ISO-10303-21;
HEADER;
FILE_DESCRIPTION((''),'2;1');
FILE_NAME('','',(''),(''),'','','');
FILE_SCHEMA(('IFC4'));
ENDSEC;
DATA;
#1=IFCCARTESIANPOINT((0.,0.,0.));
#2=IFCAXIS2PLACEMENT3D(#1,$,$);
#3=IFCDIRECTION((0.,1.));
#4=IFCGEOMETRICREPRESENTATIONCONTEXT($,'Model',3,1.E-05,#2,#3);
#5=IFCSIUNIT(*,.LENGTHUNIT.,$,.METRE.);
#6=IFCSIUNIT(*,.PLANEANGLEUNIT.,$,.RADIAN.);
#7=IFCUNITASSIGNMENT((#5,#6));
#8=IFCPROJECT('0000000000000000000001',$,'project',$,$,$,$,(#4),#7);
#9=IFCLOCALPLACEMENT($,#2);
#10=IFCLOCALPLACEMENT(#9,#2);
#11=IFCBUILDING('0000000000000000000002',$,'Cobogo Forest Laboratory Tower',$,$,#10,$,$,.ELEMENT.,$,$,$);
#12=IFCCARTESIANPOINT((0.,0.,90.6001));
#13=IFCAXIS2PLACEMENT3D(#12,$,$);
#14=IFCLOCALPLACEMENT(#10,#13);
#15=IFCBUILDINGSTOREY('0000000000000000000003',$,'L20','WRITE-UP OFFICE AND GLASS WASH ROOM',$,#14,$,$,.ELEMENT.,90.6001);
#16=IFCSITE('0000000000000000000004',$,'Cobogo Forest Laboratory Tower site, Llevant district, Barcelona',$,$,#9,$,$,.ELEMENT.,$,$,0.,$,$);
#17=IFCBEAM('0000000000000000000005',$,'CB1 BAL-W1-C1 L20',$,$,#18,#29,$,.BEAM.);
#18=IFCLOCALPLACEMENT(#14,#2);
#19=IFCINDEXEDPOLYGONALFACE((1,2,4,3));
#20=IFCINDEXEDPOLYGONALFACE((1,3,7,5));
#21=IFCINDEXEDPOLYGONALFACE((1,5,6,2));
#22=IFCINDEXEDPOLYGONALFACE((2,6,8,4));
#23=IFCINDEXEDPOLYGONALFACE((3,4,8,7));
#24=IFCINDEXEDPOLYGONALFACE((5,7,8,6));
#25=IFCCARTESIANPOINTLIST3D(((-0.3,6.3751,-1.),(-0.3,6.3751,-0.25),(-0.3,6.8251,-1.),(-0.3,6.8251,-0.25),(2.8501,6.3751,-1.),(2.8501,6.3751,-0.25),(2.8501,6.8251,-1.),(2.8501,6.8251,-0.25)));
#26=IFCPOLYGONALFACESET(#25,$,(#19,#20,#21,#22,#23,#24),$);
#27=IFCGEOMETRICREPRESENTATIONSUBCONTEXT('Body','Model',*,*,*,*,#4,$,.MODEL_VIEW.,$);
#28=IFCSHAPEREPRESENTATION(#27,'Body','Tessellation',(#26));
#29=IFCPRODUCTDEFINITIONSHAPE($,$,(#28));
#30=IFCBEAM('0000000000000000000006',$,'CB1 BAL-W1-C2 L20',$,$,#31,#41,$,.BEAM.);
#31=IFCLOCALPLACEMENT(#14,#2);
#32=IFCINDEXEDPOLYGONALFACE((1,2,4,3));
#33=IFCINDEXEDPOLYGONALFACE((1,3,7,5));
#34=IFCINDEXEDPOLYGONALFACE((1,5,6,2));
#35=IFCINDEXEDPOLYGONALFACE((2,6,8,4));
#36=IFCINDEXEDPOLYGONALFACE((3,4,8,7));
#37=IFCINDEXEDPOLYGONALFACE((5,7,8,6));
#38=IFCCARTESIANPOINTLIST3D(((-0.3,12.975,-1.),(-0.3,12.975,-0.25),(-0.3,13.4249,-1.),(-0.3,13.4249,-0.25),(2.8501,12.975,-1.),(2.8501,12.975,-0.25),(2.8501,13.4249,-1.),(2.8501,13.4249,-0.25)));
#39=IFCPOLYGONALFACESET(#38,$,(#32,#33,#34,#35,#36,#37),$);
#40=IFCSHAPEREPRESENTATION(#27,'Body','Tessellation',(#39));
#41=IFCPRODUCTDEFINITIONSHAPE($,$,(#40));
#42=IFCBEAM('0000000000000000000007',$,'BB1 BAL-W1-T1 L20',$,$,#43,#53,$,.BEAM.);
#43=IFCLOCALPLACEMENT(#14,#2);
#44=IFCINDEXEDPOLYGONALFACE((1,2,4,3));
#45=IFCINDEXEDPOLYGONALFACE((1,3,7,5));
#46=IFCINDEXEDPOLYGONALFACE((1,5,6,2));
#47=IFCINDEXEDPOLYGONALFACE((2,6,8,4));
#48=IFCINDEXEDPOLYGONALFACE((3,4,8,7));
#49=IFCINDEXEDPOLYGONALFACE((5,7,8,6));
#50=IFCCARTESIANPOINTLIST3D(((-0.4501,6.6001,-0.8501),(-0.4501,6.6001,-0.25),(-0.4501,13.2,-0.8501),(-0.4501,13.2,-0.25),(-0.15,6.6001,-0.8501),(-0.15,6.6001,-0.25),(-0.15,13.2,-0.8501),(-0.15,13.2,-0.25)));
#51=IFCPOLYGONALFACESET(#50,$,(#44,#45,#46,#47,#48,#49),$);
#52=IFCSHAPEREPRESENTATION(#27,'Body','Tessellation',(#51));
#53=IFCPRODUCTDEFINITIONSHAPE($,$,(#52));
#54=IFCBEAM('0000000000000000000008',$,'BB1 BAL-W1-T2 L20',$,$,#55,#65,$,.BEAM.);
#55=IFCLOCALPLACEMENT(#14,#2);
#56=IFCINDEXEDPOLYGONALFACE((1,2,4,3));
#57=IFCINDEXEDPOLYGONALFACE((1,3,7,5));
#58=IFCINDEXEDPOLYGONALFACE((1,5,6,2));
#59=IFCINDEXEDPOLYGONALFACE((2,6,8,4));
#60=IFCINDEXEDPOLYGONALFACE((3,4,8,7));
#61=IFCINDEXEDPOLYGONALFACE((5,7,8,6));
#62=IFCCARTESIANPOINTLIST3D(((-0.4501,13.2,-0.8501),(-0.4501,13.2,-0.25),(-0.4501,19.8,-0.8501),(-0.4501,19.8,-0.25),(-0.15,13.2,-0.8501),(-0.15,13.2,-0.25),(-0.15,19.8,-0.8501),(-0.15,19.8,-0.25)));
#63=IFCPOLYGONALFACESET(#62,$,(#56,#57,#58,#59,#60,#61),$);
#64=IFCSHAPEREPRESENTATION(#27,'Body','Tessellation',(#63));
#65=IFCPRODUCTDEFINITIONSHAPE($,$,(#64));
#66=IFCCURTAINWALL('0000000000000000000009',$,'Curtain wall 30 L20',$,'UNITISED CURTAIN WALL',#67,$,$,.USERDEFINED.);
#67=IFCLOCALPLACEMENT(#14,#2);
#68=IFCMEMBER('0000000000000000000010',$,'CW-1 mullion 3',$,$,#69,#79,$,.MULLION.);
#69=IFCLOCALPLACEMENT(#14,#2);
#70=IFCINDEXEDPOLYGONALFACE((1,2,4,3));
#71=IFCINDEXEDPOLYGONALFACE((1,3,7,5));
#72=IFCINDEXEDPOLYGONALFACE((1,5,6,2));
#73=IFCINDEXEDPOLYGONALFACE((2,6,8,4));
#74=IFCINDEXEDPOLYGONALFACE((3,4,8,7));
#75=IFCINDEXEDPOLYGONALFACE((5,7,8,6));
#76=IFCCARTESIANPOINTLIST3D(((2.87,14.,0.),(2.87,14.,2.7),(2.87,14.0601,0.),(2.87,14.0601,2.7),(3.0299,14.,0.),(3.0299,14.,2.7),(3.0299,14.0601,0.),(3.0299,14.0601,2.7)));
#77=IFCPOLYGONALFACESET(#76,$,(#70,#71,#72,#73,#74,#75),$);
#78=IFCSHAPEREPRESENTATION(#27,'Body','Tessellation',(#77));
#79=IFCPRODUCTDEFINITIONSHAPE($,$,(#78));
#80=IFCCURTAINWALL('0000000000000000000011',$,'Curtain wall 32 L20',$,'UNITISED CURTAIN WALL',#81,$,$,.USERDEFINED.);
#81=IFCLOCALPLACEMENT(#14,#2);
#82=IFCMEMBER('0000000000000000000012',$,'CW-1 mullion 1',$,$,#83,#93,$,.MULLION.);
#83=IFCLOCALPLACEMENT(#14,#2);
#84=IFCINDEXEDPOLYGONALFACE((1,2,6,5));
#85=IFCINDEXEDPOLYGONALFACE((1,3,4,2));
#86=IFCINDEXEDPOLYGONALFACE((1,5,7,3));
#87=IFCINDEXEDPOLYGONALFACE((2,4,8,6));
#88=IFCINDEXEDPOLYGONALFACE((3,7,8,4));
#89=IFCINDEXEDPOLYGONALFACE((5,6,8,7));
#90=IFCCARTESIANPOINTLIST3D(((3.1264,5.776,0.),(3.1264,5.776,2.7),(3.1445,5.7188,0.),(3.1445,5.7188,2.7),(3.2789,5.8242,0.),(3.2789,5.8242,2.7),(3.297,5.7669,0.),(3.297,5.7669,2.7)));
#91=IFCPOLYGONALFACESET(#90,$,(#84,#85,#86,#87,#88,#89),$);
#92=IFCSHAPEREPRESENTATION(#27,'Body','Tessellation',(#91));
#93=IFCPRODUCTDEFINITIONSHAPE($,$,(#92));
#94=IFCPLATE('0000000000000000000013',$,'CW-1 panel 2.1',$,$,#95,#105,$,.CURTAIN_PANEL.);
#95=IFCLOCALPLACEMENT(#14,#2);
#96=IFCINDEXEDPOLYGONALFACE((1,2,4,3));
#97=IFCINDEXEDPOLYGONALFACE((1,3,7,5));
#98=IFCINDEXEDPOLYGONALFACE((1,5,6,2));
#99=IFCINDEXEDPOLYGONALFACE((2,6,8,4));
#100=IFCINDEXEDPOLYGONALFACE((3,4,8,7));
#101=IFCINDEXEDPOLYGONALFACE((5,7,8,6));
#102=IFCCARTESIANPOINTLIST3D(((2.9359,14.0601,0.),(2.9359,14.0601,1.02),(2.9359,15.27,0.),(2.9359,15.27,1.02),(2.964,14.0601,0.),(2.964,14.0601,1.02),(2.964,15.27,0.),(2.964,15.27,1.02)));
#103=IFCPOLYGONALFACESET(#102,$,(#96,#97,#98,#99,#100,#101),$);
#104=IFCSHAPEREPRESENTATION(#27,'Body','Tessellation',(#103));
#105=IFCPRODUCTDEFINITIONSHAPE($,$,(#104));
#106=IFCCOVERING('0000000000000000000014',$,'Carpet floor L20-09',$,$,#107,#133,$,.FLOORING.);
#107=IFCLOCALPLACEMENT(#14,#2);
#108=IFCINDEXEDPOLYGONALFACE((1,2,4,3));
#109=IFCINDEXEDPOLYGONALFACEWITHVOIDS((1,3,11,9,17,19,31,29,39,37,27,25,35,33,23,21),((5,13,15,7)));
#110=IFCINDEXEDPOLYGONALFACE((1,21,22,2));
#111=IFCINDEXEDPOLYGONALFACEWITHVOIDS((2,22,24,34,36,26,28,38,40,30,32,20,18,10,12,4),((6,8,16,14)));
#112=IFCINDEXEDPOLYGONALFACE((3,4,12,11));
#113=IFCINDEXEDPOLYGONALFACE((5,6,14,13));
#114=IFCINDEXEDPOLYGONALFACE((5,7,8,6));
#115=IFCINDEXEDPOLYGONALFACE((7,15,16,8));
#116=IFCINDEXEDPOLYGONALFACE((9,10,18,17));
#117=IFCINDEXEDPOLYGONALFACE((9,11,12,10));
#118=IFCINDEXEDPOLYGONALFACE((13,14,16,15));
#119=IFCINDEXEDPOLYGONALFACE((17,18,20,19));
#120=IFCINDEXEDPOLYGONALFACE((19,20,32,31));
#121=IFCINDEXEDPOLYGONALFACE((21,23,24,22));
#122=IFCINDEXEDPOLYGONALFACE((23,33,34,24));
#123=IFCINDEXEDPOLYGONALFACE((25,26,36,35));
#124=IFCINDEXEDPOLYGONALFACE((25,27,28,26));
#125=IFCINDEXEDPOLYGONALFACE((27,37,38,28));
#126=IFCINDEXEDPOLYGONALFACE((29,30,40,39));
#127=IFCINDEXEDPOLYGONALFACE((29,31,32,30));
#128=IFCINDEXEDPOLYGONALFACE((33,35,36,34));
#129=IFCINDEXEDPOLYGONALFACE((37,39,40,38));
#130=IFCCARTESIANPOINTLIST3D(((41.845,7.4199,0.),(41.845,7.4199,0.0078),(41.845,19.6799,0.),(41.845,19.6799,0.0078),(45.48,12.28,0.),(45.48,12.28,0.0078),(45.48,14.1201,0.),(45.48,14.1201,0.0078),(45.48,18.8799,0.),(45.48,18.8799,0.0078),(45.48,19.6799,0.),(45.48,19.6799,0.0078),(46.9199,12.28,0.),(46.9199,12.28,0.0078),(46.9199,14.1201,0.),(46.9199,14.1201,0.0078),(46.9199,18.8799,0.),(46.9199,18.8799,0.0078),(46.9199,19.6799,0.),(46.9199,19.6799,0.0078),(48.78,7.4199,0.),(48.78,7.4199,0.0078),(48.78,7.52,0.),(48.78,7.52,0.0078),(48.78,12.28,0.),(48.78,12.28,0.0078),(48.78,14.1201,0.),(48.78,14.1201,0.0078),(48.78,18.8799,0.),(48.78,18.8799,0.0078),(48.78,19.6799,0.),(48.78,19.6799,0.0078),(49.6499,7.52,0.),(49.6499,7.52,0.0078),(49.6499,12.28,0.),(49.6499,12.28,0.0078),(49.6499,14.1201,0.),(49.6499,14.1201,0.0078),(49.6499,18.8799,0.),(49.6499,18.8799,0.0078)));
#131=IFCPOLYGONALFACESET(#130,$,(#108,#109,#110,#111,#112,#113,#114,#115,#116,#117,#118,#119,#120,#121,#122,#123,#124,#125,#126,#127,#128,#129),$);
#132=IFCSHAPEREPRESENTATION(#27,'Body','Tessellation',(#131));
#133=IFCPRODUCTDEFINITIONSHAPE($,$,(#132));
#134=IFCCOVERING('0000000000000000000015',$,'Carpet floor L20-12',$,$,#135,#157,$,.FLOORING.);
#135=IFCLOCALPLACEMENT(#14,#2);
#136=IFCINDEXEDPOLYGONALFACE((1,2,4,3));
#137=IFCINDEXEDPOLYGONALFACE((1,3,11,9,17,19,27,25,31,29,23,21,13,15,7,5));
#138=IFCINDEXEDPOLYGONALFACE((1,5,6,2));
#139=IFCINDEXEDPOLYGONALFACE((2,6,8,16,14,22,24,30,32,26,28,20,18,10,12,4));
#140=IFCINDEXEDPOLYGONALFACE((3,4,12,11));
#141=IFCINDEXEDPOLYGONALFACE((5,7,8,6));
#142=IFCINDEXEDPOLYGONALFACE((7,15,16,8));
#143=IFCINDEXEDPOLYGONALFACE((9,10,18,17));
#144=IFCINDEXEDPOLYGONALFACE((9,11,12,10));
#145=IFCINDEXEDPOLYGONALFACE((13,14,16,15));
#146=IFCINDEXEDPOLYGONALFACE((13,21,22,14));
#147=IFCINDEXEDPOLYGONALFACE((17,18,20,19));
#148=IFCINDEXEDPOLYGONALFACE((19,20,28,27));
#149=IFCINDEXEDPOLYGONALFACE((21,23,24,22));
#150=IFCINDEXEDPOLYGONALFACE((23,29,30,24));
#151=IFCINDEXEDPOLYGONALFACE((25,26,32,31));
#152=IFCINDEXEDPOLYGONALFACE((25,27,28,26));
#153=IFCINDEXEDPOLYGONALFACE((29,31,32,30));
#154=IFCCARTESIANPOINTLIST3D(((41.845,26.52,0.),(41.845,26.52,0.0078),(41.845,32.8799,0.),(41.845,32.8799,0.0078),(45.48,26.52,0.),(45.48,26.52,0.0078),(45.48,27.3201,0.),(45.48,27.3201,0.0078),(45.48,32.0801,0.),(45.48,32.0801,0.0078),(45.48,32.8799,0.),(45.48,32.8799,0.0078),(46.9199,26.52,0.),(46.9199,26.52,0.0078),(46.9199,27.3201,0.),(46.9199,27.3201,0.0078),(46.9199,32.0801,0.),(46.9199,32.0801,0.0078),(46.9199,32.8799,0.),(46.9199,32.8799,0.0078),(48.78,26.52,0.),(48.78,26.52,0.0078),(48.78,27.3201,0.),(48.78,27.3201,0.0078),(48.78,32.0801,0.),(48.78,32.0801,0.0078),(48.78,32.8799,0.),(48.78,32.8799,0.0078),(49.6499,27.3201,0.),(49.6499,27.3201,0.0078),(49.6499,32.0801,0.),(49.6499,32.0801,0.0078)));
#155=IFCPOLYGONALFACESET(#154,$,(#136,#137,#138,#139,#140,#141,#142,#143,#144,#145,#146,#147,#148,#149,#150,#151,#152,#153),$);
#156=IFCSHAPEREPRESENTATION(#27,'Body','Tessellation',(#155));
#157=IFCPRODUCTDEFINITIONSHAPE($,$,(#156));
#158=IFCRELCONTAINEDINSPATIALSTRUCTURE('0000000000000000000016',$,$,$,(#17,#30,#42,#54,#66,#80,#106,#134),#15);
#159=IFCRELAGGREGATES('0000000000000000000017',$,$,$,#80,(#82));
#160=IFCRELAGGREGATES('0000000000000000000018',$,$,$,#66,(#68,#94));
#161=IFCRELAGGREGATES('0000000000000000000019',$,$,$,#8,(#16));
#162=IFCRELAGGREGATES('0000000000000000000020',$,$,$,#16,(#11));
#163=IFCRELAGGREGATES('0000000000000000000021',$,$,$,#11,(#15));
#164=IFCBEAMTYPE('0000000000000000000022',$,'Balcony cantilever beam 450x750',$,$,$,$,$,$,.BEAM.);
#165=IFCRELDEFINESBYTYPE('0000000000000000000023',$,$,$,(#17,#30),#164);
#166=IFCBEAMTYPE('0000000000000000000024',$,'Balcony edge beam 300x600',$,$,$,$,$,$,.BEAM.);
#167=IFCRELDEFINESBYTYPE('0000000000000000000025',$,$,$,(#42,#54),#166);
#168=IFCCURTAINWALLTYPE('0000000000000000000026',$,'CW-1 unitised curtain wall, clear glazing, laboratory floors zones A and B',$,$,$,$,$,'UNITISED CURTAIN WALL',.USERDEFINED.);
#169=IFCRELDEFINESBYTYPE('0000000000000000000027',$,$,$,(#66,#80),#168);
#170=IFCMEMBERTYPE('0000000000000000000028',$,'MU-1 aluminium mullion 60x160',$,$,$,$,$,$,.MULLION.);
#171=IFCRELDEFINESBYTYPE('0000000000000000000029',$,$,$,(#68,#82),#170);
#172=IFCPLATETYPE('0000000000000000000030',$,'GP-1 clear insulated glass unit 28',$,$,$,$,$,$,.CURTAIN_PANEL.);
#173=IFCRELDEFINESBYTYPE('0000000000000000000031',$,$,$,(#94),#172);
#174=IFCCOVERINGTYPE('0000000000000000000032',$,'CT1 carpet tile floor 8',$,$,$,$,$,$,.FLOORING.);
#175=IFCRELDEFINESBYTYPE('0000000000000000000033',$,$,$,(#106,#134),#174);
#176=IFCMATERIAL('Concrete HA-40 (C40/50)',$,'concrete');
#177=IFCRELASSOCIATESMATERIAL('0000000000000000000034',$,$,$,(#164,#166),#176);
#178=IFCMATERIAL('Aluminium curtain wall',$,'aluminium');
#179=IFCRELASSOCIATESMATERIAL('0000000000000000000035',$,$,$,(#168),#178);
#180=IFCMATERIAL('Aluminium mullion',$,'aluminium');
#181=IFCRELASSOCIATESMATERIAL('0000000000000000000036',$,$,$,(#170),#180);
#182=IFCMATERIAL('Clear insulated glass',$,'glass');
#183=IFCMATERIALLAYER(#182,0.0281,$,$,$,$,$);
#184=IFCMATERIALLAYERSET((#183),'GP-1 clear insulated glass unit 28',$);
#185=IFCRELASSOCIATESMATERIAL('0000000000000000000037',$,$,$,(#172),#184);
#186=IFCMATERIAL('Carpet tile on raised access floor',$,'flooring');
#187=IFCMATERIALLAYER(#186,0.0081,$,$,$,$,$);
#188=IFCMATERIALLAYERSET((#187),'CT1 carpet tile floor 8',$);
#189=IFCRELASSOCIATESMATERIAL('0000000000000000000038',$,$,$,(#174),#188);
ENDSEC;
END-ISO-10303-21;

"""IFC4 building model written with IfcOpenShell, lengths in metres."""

from ifc_helpers import new_model, si_unit, direction, frame, origin, origin_2d, place, context, subcontext, project, spatial, polyline, rectangle, outline, extrude, material, layer, layer_set, material_profile, profile_set, type_object, element, aggregate, save


model = new_model("IFC4")

# Units and contexts
model_context = context("Model", 3, precision=1e-05, world=origin(), true_north=direction((0.0, 1.0)))
body_context = subcontext(model_context, "Body", "Model", "MODEL_VIEW")
ifc_project = project(units=[si_unit("LENGTHUNIT", "METRE"), si_unit("PLANEANGLEUNIT", "RADIAN")], contexts=[model_context])

# Site, building, storey
site_placement = place(None, origin())
site = spatial("IfcSite", under=ifc_project, at=site_placement, Name="Cobogo Forest Laboratory Tower site, Llevant district, Barcelona", CompositionType="ELEMENT", RefElevation=0.0)
building_placement = place(site_placement, origin())
building = spatial("IfcBuilding", under=site, at=building_placement, Name="Cobogo Forest Laboratory Tower", CompositionType="ELEMENT")
storey_placement = place(building_placement, frame((0.0, 0.0, 90.6001)))
storey = spatial("IfcBuildingStorey", under=building, at=storey_placement, Name="L20", Description="WRITE-UP OFFICE AND GLASS WASH ROOM", CompositionType="ELEMENT", Elevation=90.6001)

# Beams
ifc_material_1 = material(Name="Concrete HA-40 (C40/50)", Category="concrete")
ifc_material_profile_1 = material_profile(ifc_material_1, rectangle(XDim=0.45, YDim=0.75, at=origin_2d()), Name="RC 450x750")
ifc_profile_set_1 = profile_set([ifc_material_profile_1], Name="Concrete HA-40 (C40/50)")
beam_type_1 = type_object("IfcBeamType", Name="Balcony cantilever beam 450x750", PredefinedType="BEAM", material=ifc_profile_set_1)
for number, where, z_axis, x_axis, name in (
    (1, (2.8501, 6.6001, -0.625), (-1.0, 0.0, 0.0), (0.0, -1.0, 0.0), "CB1 BAL-W1-C1 L20"),
    (2, (2.8501, 13.2, -0.625), (-1.0, 0.0, 0.0), (0.0, -1.0, 0.0), "CB1 BAL-W1-C2 L20"),
):
    element("IfcBeam", number, at=place(storey_placement, frame(where, z_axis=z_axis, x_axis=x_axis)), inside=storey, type_object=beam_type_1, Name=name, PredefinedType="BEAM", context=body_context, shape_type="SweptSolid", body=[
        extrude(rectangle(XDim=0.45, YDim=0.75, at=origin_2d()), origin(), (0.0, 0.0, 1.0), 3.1501),
    ])
ifc_material_profile_2 = material_profile(ifc_material_1, rectangle(XDim=0.3, YDim=0.6001, at=origin_2d()), Name="RC 300x600")
ifc_profile_set_2 = profile_set([ifc_material_profile_2], Name="Concrete HA-40 (C40/50)")
beam_type_2 = type_object("IfcBeamType", Name="Balcony edge beam 300x600", PredefinedType="BEAM", material=ifc_profile_set_2)
beam_1_placement = place(storey_placement, frame((-0.3, 6.6001, -0.55), z_axis=(0.0, 1.0, 0.0), x_axis=(-1.0, 0.0, 0.0)))
element("IfcBeam", 3, at=beam_1_placement, inside=storey, type_object=beam_type_2, Name="BB1 BAL-W1-T1 L20", PredefinedType="BEAM", context=body_context, shape_type="SweptSolid", body=[
    extrude(rectangle(XDim=0.3, YDim=0.6001, at=origin_2d()), origin(), (0.0, 0.0, 1.0), 6.5999),
])
beam_2_placement = place(storey_placement, frame((-0.3, 13.2, -0.55), z_axis=(0.0, 1.0, 0.0), x_axis=(-1.0, 0.0, 0.0)))
element("IfcBeam", 4, at=beam_2_placement, inside=storey, type_object=beam_type_2, Name="BB1 BAL-W1-T2 L20", PredefinedType="BEAM", context=body_context, shape_type="SweptSolid", body=[
    extrude(rectangle(XDim=0.3, YDim=0.6001, at=origin_2d()), origin(), (0.0, 0.0, 1.0), 6.6001),
])

# Curtain walls, members
ifc_material_2 = material(Name="Aluminium curtain wall", Category="aluminium")
curtain_wall_type = type_object("IfcCurtainWallType", Name="CW-1 unitised curtain wall, clear glazing, laboratory floors zones A and B", ElementType="UNITISED CURTAIN WALL", PredefinedType="USERDEFINED", material=ifc_material_2)
curtain_wall_1_placement = place(storey_placement, origin())
curtain_wall_1 = element("IfcCurtainWall", 5, at=curtain_wall_1_placement, inside=storey, type_object=curtain_wall_type, Name="Curtain wall 30 L20", ObjectType="UNITISED CURTAIN WALL", PredefinedType="USERDEFINED")
ifc_material_3 = material(Name="Aluminium mullion", Category="aluminium")
ifc_material_profile_3 = material_profile(ifc_material_3, rectangle(XDim=0.0601, YDim=0.1599, at=origin_2d()), Name="AL 60x160")
ifc_profile_set_3 = profile_set([ifc_material_profile_3], Name="Aluminium mullion")
member_type = type_object("IfcMemberType", Name="MU-1 aluminium mullion 60x160", PredefinedType="MULLION", material=ifc_profile_set_3)
member_1_placement = place(storey_placement, frame((2.95, 14.03, 0.0), z_axis=(0.0, 0.0, 1.0), x_axis=(0.0, -1.0, 0.0)))
member_1 = element("IfcMember", 6, at=member_1_placement, type_object=member_type, Name="CW-1 mullion 3", PredefinedType="MULLION", context=body_context, shape_type="SweptSolid", body=[
    extrude(rectangle(XDim=0.0601, YDim=0.1599, at=origin_2d()), origin(), (0.0, 0.0, 1.0), 2.7),
])
curtain_wall_2_placement = place(storey_placement, origin())
curtain_wall_2 = element("IfcCurtainWall", 7, at=curtain_wall_2_placement, inside=storey, type_object=curtain_wall_type, Name="Curtain wall 32 L20", ObjectType="UNITISED CURTAIN WALL", PredefinedType="USERDEFINED")
member_2_placement = place(storey_placement, frame((3.2117, 5.7715, 0.0), z_axis=(0.0, 0.0, 1.0), x_axis=(0.301136, -0.953581, 0.0)))
member_2 = element("IfcMember", 8, at=member_2_placement, type_object=member_type, Name="CW-1 mullion 1", PredefinedType="MULLION", context=body_context, shape_type="SweptSolid", body=[
    extrude(rectangle(XDim=0.0601, YDim=0.1599, at=origin_2d()), origin(), (0.0, 0.0, 1.0), 2.7),
])
aggregate(curtain_wall_2, [member_2])

# Plate
ifc_material_4 = material(Name="Clear insulated glass", Category="glass")
ifc_layer_1 = layer(ifc_material_4, 0.0281)
ifc_layer_set_1 = layer_set([ifc_layer_1], Name="GP-1 clear insulated glass unit 28")
plate_type = type_object("IfcPlateType", Name="GP-1 clear insulated glass unit 28", PredefinedType="CURTAIN_PANEL", material=ifc_layer_set_1)
plate_placement = place(storey_placement, frame((2.95, 14.665, 0.0), z_axis=(0.0, 0.0, 1.0), x_axis=(0.0, -1.0, 0.0)))
plate = element("IfcPlate", 9, at=plate_placement, type_object=plate_type, Name="CW-1 panel 2.1", PredefinedType="CURTAIN_PANEL", context=body_context, shape_type="SweptSolid", body=[
    extrude(rectangle(XDim=1.21, YDim=0.0281, at=origin_2d()), origin(), (0.0, 0.0, 1.0), 1.02),
])
aggregate(curtain_wall_1, [member_1, plate])

# Coverings
ifc_material_5 = material(Name="Carpet tile on raised access floor", Category="flooring")
ifc_layer_2 = layer(ifc_material_5, 0.0081)
ifc_layer_set_2 = layer_set([ifc_layer_2], Name="CT1 carpet tile floor 8")
covering_type_1 = type_object("IfcCoveringType", Name="CT1 carpet tile floor 8", PredefinedType="FLOORING", material=ifc_layer_set_2)
covering_1_placement = place(storey_placement, origin())
element("IfcCovering", 10, at=covering_1_placement, inside=storey, type_object=covering_type_1, Name="Carpet floor L20-09", PredefinedType="FLOORING", context=body_context, shape_type="SweptSolid", body=[
    extrude(outline(polyline([(41.845, 19.6799), (45.48, 19.6799), (45.48, 18.8799), (46.9199, 18.8799), (46.9199, 19.6799), (48.78, 19.6799), (48.78, 18.8799), (49.6499, 18.8799), (49.6499, 14.1201), (48.78, 14.1201), (48.78, 12.28), (49.6499, 12.28), (49.6499, 7.52), (48.78, 7.52), (48.78, 7.4199), (41.845, 7.4199), (41.845, 19.6799)]), holes=[polyline([(45.48, 12.28), (46.9199, 12.28), (46.9199, 14.1201), (45.48, 14.1201), (45.48, 12.28)])]), origin(), (0.0, 0.0, 1.0), 0.0078),
])
covering_2_placement = place(storey_placement, origin())
element("IfcCovering", 11, at=covering_2_placement, inside=storey, type_object=covering_type_1, Name="Carpet floor L20-12", PredefinedType="FLOORING", context=body_context, shape_type="SweptSolid", body=[
    extrude(outline(polyline([(41.845, 32.8799), (45.48, 32.8799), (45.48, 32.0801), (46.9199, 32.0801), (46.9199, 32.8799), (48.78, 32.8799), (48.78, 32.0801), (49.6499, 32.0801), (49.6499, 27.3201), (48.78, 27.3201), (48.78, 26.52), (46.9199, 26.52), (46.9199, 27.3201), (45.48, 27.3201), (45.48, 26.52), (41.845, 26.52), (41.845, 32.8799)])), origin(), (0.0, 0.0, 1.0), 0.0078),
])

save(model, "model.ifc")
